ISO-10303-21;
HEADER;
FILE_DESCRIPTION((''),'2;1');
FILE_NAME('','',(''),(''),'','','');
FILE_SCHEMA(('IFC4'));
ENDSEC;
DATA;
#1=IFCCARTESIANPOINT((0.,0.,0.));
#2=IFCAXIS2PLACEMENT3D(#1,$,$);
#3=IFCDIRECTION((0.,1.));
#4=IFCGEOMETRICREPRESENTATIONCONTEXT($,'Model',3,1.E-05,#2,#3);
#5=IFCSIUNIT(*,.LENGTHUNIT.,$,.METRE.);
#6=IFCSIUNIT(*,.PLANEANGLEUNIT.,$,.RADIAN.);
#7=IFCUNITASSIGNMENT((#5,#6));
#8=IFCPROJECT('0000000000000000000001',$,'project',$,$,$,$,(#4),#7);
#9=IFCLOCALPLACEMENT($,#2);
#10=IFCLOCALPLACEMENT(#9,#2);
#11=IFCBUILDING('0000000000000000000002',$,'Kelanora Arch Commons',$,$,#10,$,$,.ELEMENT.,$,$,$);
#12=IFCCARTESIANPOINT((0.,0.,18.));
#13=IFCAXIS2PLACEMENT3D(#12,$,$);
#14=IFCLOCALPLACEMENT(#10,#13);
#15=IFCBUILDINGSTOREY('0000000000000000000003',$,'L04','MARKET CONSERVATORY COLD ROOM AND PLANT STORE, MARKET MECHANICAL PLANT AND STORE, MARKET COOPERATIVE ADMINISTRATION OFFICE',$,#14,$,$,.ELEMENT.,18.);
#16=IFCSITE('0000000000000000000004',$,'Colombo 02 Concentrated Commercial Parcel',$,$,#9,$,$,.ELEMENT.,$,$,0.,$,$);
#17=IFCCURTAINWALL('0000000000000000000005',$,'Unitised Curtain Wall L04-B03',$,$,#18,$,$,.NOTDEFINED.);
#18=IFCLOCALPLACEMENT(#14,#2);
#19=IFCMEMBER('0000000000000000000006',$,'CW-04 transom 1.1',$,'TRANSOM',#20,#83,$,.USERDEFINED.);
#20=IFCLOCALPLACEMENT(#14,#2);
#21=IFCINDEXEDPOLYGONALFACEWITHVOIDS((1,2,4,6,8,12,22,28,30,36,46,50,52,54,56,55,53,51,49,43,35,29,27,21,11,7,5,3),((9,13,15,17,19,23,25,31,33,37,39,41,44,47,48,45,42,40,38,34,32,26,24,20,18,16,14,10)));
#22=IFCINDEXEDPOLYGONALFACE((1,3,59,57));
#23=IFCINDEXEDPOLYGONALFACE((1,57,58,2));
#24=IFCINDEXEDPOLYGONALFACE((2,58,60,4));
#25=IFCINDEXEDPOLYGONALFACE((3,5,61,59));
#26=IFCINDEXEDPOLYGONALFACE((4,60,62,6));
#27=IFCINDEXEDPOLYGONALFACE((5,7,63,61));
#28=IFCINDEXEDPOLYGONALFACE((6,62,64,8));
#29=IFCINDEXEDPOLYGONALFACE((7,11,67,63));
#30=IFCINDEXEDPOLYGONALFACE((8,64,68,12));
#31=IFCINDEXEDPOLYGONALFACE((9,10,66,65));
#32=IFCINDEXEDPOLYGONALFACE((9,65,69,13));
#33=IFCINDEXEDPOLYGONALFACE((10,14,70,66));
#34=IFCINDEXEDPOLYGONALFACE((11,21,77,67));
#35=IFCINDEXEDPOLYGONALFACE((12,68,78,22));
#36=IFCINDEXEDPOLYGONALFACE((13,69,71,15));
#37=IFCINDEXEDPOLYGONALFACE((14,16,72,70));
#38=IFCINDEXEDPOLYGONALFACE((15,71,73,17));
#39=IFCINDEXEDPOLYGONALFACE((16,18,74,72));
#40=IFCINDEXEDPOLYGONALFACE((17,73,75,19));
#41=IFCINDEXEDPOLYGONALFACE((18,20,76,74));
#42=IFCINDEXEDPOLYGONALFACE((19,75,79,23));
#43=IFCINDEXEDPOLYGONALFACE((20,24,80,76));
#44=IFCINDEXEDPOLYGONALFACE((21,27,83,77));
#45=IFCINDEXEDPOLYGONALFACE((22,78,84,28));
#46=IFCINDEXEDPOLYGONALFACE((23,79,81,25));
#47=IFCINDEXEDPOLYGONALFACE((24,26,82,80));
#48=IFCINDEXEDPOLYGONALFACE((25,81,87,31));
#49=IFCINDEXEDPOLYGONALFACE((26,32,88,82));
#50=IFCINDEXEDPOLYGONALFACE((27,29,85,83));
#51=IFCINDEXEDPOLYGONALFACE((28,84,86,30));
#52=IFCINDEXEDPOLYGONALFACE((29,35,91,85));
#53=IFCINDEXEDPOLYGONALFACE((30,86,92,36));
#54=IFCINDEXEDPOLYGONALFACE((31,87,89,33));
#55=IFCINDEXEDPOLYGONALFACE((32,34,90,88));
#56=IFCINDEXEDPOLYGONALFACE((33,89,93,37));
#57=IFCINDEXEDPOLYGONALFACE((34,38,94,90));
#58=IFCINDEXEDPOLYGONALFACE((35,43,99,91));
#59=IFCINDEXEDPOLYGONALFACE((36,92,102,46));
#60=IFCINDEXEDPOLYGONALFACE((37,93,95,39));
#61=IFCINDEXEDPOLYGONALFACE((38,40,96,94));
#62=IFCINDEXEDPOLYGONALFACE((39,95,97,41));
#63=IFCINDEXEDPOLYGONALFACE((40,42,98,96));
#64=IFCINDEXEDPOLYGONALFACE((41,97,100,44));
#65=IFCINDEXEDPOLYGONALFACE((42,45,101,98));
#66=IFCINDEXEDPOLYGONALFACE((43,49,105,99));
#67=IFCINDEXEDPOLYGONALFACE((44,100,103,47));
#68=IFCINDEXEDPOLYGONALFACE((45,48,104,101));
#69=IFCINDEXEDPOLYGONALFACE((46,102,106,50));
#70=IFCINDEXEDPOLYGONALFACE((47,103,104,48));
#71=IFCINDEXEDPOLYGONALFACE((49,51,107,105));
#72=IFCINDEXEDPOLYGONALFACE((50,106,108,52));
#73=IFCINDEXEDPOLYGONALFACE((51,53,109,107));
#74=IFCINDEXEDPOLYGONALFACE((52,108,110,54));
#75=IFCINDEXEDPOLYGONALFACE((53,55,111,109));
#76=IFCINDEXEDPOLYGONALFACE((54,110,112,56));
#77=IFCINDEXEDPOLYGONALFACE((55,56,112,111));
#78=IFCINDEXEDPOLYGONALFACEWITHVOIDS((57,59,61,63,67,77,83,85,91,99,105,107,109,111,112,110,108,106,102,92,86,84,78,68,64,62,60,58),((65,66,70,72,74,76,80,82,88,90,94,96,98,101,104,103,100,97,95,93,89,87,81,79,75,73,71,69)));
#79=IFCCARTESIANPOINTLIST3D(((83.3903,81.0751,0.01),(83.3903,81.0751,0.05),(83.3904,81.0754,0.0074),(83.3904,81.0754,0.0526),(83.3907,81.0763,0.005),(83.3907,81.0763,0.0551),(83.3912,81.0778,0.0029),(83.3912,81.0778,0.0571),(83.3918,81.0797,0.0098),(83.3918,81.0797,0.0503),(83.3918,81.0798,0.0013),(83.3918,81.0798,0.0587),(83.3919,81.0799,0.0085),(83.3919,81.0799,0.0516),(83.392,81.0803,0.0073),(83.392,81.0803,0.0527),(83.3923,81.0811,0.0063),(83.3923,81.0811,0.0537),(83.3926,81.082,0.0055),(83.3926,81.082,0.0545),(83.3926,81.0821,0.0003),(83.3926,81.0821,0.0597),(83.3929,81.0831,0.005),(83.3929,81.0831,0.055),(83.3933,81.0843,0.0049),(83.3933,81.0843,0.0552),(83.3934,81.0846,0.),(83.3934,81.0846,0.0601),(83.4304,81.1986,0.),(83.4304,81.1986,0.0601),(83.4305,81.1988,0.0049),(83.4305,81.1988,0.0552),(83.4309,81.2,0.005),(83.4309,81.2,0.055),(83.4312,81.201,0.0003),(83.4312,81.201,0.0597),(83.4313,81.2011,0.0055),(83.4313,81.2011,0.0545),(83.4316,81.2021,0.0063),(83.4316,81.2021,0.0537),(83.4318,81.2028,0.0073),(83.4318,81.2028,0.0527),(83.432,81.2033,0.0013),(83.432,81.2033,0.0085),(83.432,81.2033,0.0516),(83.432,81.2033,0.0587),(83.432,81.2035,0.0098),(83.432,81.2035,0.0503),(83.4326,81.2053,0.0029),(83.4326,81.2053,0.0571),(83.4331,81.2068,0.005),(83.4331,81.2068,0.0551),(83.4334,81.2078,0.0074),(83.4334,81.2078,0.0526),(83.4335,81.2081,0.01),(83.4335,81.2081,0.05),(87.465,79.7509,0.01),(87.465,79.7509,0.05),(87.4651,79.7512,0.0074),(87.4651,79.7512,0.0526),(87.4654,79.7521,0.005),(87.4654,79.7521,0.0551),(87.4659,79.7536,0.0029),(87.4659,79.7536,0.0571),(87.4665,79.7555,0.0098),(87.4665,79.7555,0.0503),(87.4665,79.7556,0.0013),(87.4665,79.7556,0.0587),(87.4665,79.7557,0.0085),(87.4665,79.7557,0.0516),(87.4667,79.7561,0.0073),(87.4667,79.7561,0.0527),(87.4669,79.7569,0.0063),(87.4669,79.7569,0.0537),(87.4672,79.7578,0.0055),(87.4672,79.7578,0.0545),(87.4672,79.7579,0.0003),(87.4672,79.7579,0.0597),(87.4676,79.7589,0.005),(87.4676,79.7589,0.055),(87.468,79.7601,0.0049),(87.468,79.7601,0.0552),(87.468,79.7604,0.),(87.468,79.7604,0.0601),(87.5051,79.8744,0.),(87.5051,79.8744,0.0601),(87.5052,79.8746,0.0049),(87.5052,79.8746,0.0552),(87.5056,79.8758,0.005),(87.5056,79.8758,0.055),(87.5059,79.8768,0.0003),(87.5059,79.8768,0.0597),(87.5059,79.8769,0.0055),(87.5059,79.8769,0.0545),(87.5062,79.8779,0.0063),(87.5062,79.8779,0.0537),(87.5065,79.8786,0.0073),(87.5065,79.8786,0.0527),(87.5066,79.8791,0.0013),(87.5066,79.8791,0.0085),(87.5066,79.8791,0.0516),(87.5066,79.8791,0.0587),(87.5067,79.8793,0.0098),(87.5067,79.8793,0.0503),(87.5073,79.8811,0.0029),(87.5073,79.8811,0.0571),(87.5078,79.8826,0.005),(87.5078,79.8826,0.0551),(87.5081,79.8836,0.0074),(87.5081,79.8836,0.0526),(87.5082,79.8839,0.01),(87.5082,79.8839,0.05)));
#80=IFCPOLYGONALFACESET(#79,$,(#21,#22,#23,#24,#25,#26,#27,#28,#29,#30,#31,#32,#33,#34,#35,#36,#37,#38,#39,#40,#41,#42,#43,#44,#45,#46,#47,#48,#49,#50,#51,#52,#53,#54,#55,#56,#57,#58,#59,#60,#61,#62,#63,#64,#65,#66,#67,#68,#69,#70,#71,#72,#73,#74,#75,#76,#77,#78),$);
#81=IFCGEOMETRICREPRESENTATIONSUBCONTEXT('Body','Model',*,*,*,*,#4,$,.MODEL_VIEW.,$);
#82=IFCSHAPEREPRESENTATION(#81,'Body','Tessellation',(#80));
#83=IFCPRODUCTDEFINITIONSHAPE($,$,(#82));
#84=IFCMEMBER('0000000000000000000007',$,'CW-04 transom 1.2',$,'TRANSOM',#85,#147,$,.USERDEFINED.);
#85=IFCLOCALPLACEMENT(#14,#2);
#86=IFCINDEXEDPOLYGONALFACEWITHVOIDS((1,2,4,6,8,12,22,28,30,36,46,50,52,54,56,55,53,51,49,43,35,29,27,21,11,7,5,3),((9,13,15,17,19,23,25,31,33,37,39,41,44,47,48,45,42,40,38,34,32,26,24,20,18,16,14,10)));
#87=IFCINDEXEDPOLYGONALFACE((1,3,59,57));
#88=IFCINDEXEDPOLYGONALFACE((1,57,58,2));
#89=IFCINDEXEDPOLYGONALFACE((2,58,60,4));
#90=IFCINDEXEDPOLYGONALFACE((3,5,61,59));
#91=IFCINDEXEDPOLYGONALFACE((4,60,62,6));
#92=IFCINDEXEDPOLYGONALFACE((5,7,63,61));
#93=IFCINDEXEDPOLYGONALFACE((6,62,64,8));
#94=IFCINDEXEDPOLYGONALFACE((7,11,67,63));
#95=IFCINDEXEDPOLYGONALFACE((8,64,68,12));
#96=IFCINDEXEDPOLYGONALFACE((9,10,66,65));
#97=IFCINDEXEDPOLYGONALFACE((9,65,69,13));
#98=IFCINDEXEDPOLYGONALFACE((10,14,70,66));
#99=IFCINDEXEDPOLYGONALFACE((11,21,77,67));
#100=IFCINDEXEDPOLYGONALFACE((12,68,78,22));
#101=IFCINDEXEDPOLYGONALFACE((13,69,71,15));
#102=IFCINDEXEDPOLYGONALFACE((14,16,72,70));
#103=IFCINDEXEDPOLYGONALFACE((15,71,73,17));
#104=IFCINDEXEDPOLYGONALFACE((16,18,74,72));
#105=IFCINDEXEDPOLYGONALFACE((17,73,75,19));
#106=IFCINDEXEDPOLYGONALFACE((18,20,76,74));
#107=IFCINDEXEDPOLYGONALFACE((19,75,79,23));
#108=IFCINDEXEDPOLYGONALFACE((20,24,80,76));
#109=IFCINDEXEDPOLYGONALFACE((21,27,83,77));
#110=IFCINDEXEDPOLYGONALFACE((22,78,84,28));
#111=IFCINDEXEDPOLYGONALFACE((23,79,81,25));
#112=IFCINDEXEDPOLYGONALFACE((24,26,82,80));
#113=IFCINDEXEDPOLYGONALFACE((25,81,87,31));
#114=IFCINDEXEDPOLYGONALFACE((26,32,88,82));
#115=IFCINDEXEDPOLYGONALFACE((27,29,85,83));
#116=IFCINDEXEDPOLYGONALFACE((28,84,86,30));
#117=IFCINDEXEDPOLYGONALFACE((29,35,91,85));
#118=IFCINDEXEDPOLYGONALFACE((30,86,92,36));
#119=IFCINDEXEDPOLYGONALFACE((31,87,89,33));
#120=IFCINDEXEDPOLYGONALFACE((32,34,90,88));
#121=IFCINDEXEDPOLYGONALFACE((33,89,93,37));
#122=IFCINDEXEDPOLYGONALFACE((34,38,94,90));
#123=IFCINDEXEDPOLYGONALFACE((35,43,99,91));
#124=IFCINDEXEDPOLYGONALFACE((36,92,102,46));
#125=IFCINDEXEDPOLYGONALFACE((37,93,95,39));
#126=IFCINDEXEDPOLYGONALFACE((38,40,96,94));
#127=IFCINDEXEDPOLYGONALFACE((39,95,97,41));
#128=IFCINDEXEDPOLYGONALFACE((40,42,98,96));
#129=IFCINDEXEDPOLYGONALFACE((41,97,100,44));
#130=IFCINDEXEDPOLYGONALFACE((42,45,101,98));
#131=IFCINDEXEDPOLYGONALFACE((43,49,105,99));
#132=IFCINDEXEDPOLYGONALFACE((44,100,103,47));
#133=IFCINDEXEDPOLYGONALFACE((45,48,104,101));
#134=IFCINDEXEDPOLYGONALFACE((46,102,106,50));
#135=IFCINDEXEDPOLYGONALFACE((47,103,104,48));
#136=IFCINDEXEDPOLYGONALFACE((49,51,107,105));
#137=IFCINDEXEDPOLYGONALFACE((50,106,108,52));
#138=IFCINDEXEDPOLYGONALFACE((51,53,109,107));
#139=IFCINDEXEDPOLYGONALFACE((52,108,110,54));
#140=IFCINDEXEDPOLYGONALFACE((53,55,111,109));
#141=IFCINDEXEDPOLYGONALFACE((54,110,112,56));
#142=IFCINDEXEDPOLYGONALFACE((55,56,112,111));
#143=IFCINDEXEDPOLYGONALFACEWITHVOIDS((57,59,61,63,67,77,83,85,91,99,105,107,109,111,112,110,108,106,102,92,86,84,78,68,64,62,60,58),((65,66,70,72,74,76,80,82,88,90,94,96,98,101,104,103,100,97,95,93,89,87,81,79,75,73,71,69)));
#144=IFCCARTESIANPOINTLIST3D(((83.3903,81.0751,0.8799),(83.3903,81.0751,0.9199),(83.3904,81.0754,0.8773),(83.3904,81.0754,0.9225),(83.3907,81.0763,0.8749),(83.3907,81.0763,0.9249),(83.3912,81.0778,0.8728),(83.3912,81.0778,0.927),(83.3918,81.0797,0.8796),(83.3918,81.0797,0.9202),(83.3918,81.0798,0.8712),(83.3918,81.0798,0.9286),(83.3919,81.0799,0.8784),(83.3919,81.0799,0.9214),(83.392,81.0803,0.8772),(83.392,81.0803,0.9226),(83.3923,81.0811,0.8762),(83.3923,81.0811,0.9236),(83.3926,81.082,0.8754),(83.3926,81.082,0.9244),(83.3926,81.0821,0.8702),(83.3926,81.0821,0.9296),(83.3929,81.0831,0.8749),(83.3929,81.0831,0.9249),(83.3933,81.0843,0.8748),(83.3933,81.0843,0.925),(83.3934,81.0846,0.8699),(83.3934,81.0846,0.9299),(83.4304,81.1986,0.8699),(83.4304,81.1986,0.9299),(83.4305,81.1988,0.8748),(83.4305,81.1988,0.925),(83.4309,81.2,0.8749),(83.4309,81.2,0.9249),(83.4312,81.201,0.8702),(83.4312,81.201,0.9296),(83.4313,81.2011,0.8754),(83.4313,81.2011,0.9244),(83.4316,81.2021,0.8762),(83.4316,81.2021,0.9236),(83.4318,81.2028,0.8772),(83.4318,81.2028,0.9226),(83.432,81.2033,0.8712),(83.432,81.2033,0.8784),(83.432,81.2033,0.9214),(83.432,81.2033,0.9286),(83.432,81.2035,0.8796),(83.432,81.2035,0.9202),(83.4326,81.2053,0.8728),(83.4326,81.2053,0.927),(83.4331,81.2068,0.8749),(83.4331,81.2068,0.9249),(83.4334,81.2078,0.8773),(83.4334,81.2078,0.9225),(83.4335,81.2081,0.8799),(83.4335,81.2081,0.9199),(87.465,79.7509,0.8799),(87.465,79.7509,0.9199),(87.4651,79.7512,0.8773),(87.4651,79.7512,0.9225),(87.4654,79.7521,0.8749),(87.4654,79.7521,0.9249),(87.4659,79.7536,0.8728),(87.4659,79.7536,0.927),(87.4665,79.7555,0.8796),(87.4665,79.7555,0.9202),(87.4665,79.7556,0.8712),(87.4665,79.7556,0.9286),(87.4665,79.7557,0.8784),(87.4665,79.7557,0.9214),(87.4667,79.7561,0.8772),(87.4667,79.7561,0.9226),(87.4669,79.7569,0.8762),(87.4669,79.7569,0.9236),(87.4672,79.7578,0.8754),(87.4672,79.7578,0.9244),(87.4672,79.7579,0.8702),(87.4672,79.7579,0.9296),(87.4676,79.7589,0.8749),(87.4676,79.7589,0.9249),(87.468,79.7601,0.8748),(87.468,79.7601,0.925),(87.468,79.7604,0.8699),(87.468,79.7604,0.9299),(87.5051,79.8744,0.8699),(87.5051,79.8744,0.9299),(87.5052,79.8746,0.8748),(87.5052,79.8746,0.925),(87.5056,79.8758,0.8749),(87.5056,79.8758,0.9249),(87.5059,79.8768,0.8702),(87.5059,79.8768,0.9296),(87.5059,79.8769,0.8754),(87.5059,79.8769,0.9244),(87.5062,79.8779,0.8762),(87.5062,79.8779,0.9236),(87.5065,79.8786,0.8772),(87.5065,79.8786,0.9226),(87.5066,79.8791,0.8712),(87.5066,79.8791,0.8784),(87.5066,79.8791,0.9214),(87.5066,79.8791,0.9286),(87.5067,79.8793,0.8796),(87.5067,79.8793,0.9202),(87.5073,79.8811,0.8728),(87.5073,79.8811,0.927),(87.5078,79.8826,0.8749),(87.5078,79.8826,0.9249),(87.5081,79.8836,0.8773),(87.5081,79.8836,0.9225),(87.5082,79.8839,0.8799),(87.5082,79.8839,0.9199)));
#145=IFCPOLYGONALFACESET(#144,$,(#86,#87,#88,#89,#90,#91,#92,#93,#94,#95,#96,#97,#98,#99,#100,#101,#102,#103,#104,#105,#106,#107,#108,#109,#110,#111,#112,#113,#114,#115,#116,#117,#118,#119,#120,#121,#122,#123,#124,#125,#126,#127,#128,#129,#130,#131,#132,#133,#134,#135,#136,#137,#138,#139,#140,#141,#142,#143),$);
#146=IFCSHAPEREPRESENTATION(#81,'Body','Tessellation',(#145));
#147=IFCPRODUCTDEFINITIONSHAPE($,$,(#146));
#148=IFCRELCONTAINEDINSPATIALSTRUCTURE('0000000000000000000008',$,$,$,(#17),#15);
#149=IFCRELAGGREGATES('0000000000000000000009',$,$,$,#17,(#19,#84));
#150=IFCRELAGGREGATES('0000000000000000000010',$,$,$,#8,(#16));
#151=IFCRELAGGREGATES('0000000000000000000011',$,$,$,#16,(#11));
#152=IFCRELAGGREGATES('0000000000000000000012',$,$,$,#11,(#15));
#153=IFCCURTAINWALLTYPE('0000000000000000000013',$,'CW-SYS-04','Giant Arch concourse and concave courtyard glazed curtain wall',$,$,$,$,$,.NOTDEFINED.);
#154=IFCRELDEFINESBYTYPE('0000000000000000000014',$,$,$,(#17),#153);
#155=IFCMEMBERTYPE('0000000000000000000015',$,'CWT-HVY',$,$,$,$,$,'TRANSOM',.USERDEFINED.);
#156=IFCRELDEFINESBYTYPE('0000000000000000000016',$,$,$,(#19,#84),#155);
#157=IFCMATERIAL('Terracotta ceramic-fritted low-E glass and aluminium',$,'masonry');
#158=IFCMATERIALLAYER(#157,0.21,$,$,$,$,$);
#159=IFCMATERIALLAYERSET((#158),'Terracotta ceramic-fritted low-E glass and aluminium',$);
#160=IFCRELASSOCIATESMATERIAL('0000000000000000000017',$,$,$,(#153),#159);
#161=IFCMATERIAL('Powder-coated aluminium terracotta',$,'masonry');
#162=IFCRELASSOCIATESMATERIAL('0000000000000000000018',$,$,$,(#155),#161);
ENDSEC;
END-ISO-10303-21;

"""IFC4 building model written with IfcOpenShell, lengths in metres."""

from ifc_helpers import new_model, si_unit, direction, frame, origin, origin_2d, place, context, subcontext, project, spatial, hollow_rectangle, extrude, material, layer, layer_set, material_profile, profile_set, type_object, element, aggregate, save


model = new_model("IFC4")

# Units and contexts
model_context = context("Model", 3, precision=1e-05, world=origin(), true_north=direction((0.0, 1.0)))
body_context = subcontext(model_context, "Body", "Model", "MODEL_VIEW")
ifc_project = project(units=[si_unit("LENGTHUNIT", "METRE"), si_unit("PLANEANGLEUNIT", "RADIAN")], contexts=[model_context])

# Site, building, storey
site_placement = place(None, origin())
site = spatial("IfcSite", under=ifc_project, at=site_placement, Name="Colombo 02 Concentrated Commercial Parcel", CompositionType="ELEMENT", RefElevation=0.0)
building_placement = place(site_placement, origin())
building = spatial("IfcBuilding", under=site, at=building_placement, Name="Kelanora Arch Commons", CompositionType="ELEMENT")
storey_placement = place(building_placement, frame((0.0, 0.0, 18.0)))
storey = spatial("IfcBuildingStorey", under=building, at=storey_placement, Name="L04", Description="MARKET CONSERVATORY COLD ROOM AND PLANT STORE, MARKET MECHANICAL PLANT AND STORE, MARKET COOPERATIVE ADMINISTRATION OFFICE", CompositionType="ELEMENT", Elevation=18.0)

# Shared definitions
ifc_material_1 = material(Name="Terracotta ceramic-fritted low-E glass and aluminium", Category="masonry")
ifc_layer_1 = layer(ifc_material_1, 0.21)
ifc_layer_set_1 = layer_set([ifc_layer_1], Name="Terracotta ceramic-fritted low-E glass and aluminium")
curtain_wall_type = type_object("IfcCurtainWallType", Name="CW-SYS-04", Description="Giant Arch concourse and concave courtyard glazed curtain wall", PredefinedType="NOTDEFINED", material=ifc_layer_set_1)
ifc_material_2 = material(Name="Powder-coated aluminium terracotta", Category="masonry")

# Curtain wall, members
curtain_wall_1_placement = place(storey_placement, origin())
curtain_wall_1 = element("IfcCurtainWall", 1, at=curtain_wall_1_placement, inside=storey, type_object=curtain_wall_type, Name="Unitised Curtain Wall L04-B03", PredefinedType="NOTDEFINED")
ifc_material_profile_1 = material_profile(ifc_material_2, hollow_rectangle(XDim=0.1399, YDim=0.0601, WallThickness=0.0049, InnerFilletRadius=0.0049, OuterFilletRadius=0.01, at=origin_2d()), Name="CWT140x60")
ifc_profile_set_1 = profile_set([ifc_material_profile_1], Name="Powder-coated aluminium terracotta")
member_type_1 = type_object("IfcMemberType", Name="CWT-HVY", ElementType="TRANSOM", PredefinedType="USERDEFINED", material=ifc_profile_set_1)
member_1_placement = place(storey_placement, frame((87.4866, 79.8174, 0.03), z_axis=(-0.951038, 0.309073, 0.0), x_axis=(-0.309073, -0.951038, 0.0)))
member_1 = element("IfcMember", 2, at=member_1_placement, type_object=member_type_1, Name="CW-04 transom 1.1", ObjectType="TRANSOM", PredefinedType="USERDEFINED", context=body_context, shape_type="SweptSolid", body=[
    extrude(hollow_rectangle(XDim=0.1399, YDim=0.0601, WallThickness=0.0049, InnerFilletRadius=0.0049, OuterFilletRadius=0.01, at=origin_2d()), origin(), (0.0, 0.0, 1.0), 4.2844),
])
member_2_placement = place(storey_placement, frame((87.4866, 79.8174, 0.8999), z_axis=(-0.951038, 0.309073, 0.0), x_axis=(-0.309073, -0.951038, 0.0)))
member_2 = element("IfcMember", 3, at=member_2_placement, type_object=member_type_1, Name="CW-04 transom 1.2", ObjectType="TRANSOM", PredefinedType="USERDEFINED", context=body_context, shape_type="SweptSolid", body=[
    extrude(hollow_rectangle(XDim=0.1399, YDim=0.0601, WallThickness=0.0049, InnerFilletRadius=0.0049, OuterFilletRadius=0.01, at=origin_2d()), origin(), (0.0, 0.0, 1.0), 4.2844),
])
aggregate(curtain_wall_1, [member_1, member_2])

save(model, "model.ifc")
